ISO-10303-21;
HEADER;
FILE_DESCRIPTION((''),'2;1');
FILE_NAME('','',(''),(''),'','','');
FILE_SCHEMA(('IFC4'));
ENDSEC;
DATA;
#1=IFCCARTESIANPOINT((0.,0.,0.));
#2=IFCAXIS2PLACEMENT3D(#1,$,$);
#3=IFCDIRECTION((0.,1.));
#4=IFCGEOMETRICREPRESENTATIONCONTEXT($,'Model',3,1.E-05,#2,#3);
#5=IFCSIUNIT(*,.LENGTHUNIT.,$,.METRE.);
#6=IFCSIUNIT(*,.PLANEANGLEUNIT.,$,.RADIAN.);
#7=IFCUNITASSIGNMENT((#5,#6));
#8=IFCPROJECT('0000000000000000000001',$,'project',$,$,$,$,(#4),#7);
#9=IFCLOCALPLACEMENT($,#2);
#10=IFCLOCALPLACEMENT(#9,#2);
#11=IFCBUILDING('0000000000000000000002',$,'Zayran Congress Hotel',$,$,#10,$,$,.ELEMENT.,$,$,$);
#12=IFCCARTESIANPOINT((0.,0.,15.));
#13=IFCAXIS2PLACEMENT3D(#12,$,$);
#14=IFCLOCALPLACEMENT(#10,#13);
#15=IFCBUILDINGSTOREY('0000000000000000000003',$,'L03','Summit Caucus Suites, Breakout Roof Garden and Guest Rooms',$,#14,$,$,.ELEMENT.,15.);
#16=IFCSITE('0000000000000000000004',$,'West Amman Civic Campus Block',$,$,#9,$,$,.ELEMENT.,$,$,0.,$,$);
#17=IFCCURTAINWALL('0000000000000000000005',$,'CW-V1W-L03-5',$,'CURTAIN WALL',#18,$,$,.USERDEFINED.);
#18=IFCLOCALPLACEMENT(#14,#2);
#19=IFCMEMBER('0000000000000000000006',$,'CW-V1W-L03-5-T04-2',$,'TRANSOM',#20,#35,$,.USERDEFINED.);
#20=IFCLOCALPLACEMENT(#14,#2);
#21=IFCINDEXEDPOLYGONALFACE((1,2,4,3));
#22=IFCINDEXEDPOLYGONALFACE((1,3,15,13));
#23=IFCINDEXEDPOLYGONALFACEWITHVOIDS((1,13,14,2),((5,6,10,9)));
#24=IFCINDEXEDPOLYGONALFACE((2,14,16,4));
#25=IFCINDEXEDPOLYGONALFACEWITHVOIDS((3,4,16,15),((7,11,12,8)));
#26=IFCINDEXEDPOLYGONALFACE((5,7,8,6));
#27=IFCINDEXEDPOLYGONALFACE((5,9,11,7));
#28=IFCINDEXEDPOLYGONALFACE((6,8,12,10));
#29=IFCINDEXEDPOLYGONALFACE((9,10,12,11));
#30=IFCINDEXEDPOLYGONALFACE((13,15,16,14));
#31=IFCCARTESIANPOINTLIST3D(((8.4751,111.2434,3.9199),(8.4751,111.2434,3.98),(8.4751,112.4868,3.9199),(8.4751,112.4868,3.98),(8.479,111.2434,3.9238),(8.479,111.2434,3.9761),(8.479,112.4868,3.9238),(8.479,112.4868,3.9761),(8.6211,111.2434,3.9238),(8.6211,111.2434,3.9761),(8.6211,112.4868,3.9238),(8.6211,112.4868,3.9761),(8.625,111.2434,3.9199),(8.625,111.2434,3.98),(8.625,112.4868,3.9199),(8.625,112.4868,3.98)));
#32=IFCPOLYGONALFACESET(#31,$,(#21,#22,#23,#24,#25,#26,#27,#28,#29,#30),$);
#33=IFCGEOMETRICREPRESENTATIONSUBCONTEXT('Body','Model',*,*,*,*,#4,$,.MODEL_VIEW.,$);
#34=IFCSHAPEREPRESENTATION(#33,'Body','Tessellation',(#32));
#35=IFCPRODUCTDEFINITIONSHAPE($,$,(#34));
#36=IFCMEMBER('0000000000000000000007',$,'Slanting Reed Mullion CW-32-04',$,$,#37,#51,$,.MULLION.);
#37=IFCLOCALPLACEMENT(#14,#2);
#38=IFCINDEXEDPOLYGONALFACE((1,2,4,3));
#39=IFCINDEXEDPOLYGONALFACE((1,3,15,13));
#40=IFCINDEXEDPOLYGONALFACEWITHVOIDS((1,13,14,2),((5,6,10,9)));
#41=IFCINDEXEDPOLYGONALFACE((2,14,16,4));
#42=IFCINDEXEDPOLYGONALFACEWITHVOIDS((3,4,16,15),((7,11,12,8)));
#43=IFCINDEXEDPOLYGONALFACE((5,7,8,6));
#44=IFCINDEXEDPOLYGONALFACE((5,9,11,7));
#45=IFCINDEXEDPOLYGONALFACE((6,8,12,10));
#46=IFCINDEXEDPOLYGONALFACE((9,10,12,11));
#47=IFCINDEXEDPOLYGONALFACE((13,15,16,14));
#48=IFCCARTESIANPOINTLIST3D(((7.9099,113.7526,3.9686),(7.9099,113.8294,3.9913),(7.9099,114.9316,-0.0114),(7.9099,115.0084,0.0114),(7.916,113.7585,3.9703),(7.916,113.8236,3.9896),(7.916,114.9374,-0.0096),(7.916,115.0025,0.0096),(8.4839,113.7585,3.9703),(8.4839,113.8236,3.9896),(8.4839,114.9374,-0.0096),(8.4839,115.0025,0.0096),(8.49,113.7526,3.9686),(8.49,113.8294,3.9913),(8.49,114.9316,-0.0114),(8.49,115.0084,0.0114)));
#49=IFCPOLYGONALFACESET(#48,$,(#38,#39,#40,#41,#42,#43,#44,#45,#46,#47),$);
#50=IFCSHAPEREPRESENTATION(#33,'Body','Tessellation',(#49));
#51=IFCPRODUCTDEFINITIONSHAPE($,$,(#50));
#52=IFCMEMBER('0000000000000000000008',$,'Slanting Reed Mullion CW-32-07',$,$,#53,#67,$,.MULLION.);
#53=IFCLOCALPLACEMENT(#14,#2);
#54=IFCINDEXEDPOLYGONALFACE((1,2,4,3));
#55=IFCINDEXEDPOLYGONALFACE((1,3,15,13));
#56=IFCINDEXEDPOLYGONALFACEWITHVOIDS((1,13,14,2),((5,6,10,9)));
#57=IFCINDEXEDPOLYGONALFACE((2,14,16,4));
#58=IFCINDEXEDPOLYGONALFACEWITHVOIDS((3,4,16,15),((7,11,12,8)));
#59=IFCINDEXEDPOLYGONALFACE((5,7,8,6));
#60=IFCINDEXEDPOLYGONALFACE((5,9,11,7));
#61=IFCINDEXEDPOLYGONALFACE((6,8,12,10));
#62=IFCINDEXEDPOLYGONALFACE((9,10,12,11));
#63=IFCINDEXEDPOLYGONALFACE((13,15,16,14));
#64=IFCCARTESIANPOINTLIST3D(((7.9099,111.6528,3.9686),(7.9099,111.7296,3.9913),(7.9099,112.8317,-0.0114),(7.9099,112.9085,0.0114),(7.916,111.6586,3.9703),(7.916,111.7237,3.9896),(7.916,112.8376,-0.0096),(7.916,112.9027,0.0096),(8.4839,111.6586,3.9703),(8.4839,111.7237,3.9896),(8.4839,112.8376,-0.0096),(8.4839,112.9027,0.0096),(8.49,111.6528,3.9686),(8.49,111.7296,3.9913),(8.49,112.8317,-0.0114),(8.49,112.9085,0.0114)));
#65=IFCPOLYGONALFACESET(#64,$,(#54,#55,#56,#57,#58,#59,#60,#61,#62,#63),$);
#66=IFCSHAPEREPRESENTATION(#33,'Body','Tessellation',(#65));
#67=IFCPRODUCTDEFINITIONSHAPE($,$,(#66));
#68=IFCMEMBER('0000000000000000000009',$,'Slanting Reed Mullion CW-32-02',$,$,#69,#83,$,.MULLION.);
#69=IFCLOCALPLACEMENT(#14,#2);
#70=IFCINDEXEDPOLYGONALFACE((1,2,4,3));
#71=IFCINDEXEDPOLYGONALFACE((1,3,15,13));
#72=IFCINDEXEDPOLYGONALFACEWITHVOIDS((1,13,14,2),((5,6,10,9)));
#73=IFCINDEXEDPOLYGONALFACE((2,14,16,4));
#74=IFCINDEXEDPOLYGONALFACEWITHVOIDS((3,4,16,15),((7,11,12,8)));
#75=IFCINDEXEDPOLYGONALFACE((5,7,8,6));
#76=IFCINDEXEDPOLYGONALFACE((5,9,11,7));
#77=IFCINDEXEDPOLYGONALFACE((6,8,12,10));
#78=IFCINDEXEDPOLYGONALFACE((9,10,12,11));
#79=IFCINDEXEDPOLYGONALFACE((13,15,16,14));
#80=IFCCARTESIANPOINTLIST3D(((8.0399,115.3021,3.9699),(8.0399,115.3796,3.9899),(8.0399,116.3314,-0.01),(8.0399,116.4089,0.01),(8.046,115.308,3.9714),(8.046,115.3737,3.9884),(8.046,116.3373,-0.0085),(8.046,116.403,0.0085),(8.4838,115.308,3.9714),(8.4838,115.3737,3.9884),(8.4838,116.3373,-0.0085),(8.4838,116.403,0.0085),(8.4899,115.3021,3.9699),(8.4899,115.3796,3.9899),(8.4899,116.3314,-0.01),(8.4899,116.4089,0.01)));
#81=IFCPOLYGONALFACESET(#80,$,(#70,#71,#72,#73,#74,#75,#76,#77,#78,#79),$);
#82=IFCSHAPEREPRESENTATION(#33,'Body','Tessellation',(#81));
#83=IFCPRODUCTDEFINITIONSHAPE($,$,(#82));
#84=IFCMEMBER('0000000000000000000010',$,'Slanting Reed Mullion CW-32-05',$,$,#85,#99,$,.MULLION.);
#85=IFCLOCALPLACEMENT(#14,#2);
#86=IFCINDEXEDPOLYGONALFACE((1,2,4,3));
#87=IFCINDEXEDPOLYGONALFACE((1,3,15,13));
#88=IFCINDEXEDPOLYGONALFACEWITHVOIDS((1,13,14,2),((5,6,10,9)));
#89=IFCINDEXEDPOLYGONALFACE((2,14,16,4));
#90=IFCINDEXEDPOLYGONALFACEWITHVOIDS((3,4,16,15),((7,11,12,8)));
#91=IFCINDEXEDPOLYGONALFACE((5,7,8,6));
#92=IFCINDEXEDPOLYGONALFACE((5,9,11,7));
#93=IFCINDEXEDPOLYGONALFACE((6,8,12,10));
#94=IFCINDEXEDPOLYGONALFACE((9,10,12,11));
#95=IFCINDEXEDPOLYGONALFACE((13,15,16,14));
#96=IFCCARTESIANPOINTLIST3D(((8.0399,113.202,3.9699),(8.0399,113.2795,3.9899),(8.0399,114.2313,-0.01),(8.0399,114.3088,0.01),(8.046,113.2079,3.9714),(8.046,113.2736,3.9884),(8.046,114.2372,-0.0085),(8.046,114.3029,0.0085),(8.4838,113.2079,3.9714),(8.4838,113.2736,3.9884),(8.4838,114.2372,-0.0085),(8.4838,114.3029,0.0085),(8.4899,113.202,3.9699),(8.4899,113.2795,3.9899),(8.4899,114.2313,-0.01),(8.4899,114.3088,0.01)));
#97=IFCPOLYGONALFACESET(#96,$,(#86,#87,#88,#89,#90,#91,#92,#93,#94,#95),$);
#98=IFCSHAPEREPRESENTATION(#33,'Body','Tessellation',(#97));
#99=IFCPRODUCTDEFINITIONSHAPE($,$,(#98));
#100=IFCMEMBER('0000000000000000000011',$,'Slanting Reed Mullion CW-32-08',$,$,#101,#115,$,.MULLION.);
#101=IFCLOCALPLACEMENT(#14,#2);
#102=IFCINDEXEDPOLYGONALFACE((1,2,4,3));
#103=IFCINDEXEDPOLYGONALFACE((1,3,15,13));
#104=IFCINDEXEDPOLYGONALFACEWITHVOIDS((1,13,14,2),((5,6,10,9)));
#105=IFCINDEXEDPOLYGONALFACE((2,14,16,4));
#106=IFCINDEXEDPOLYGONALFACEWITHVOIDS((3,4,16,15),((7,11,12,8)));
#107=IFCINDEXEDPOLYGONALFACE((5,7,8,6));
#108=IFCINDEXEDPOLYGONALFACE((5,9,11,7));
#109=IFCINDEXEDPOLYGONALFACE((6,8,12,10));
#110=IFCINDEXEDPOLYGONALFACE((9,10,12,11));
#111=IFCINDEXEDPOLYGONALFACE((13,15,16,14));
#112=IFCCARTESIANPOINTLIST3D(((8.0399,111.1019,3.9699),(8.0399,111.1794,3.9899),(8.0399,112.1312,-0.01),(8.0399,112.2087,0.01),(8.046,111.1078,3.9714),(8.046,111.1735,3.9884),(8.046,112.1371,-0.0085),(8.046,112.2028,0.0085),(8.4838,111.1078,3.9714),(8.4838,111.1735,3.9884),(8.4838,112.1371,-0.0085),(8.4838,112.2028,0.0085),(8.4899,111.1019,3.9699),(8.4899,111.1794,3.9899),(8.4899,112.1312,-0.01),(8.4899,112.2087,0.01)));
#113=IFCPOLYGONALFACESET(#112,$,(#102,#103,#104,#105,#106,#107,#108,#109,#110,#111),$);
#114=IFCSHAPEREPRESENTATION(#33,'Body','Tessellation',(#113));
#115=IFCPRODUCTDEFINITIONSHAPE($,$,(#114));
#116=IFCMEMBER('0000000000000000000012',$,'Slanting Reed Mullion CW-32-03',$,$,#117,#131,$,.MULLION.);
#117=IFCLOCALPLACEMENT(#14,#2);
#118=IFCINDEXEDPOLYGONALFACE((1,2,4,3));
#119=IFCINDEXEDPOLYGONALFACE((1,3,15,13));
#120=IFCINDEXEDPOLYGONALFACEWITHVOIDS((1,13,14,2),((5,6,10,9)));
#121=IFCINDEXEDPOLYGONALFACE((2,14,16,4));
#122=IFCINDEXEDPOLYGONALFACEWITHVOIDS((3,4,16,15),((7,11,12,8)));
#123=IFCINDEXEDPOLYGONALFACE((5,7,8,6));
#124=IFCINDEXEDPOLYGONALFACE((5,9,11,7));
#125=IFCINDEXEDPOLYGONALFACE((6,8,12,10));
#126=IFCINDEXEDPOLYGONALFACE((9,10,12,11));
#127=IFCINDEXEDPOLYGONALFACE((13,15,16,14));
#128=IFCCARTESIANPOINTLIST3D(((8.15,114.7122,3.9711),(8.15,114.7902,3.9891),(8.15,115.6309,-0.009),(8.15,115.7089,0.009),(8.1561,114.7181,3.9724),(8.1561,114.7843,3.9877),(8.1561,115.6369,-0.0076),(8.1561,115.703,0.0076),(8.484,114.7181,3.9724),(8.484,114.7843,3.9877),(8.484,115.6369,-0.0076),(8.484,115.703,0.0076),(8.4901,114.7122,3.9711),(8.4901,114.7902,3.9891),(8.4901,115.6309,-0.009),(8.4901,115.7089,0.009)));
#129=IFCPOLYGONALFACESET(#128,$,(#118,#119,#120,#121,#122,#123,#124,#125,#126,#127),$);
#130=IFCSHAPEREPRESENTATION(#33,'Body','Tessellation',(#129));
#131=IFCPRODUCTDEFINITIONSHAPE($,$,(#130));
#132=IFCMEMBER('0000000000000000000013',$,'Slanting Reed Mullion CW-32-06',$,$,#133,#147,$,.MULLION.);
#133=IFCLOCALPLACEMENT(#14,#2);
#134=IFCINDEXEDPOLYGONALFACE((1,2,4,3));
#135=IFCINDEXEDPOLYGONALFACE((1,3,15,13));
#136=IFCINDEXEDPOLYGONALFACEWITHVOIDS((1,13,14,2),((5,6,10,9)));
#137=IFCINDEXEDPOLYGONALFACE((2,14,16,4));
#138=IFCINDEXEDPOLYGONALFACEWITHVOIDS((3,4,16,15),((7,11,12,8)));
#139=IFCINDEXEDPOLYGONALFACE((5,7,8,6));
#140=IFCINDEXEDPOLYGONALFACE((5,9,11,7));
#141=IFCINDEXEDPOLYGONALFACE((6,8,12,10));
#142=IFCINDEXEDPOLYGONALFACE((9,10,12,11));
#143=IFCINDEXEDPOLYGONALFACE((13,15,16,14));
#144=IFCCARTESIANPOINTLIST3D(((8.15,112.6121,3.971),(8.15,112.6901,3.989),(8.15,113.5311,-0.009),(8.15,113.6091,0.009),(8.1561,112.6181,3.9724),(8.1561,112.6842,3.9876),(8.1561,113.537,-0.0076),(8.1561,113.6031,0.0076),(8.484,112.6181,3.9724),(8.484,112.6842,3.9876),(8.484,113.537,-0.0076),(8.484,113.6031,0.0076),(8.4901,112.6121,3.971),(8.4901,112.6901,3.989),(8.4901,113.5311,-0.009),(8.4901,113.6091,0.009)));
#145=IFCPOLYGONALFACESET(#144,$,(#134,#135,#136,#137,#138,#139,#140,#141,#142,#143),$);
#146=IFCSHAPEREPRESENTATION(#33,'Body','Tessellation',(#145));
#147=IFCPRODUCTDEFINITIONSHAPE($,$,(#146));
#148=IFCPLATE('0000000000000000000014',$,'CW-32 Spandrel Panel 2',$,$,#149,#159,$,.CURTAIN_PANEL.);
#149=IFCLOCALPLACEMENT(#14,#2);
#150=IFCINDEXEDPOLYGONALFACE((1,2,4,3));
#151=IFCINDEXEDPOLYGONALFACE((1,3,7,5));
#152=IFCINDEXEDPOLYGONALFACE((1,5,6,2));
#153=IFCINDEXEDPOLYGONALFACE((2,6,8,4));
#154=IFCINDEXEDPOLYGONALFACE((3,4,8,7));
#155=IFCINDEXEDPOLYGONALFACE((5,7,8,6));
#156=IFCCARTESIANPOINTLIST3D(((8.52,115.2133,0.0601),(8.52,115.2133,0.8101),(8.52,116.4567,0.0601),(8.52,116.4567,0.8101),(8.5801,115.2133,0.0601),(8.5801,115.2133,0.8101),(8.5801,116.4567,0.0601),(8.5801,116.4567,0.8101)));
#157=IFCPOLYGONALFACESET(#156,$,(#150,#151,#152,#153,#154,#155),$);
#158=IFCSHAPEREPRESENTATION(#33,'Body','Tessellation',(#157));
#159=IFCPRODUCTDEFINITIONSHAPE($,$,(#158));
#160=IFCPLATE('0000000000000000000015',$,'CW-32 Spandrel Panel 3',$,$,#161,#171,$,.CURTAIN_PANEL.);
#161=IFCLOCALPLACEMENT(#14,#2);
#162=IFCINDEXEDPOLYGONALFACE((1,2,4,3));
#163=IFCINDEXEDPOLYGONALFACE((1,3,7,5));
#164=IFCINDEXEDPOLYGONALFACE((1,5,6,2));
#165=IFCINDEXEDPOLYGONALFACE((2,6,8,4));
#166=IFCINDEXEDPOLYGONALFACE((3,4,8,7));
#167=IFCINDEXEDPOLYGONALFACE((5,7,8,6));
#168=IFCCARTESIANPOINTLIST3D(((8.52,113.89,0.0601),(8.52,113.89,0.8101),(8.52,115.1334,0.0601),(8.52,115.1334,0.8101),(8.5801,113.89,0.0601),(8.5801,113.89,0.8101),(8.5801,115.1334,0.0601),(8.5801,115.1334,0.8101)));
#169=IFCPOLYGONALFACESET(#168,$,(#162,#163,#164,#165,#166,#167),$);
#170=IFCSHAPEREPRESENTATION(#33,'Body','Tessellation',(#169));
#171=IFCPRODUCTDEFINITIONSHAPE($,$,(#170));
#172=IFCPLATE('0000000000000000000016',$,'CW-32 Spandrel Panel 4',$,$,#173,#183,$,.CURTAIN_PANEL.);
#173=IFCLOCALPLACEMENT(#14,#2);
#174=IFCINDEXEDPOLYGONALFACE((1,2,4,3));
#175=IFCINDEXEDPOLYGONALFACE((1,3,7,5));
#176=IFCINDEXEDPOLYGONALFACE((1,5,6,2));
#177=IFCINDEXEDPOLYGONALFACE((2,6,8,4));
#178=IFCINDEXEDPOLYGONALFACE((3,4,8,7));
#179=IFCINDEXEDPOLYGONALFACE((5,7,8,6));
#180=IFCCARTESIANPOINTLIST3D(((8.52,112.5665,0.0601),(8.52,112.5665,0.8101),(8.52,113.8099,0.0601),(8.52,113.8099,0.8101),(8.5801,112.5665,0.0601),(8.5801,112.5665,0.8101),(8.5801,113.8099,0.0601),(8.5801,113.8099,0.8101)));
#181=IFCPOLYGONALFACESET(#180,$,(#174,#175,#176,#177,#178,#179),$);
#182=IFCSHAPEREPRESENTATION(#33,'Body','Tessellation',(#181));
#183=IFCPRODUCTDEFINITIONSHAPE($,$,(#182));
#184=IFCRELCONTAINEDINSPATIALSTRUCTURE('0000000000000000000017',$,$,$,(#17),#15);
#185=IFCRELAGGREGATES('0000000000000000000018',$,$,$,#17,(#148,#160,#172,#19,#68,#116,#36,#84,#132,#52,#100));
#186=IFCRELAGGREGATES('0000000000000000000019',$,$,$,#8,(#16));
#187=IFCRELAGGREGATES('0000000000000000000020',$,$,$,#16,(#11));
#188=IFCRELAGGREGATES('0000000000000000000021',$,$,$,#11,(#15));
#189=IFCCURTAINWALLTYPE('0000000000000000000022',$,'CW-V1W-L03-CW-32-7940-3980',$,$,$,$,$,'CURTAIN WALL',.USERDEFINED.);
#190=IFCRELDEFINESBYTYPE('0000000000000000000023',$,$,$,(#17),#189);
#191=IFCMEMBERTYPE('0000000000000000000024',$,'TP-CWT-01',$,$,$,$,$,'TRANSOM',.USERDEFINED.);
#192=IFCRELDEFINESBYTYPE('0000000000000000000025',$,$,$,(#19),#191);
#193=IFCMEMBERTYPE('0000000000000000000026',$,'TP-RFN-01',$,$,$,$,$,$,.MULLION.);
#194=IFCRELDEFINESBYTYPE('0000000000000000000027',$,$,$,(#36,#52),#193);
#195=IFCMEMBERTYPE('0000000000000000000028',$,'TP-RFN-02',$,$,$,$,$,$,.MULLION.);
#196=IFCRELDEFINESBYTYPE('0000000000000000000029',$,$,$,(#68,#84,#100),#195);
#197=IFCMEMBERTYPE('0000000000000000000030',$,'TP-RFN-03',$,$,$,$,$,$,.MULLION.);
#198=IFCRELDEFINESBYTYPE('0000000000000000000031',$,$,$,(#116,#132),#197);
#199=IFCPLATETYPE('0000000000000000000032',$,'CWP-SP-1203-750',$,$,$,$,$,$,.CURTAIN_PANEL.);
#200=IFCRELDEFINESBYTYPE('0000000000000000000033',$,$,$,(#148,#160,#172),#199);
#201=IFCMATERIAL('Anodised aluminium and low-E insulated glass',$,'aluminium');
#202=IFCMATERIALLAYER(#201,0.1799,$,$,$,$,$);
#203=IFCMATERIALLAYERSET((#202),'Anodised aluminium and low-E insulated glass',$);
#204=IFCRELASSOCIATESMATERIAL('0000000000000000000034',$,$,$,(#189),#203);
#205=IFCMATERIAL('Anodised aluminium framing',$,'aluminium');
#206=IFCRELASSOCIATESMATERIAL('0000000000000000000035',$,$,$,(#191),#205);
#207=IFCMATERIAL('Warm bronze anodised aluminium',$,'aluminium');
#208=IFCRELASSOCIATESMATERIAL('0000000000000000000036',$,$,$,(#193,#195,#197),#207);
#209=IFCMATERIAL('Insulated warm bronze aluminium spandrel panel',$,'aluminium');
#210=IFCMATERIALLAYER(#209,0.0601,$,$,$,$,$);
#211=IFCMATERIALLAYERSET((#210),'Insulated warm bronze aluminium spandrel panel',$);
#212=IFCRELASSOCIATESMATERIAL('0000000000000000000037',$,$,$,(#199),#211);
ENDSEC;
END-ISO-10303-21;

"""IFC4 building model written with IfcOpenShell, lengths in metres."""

from ifc_helpers import new_model, si_unit, direction, frame, origin, origin_2d, place, context, subcontext, project, spatial, rectangle, hollow_rectangle, extrude, material, layer, layer_set, material_profile, profile_set, type_object, element, aggregate, save


model = new_model("IFC4")

# Units and contexts
model_context = context("Model", 3, precision=1e-05, world=origin(), true_north=direction((0.0, 1.0)))
body_context = subcontext(model_context, "Body", "Model", "MODEL_VIEW")
ifc_project = project(units=[si_unit("LENGTHUNIT", "METRE"), si_unit("PLANEANGLEUNIT", "RADIAN")], contexts=[model_context])

# Site, building, storey
site_placement = place(None, origin())
site = spatial("IfcSite", under=ifc_project, at=site_placement, Name="West Amman Civic Campus Block", CompositionType="ELEMENT", RefElevation=0.0)
building_placement = place(site_placement, origin())
building = spatial("IfcBuilding", under=site, at=building_placement, Name="Zayran Congress Hotel", CompositionType="ELEMENT")
storey_placement = place(building_placement, frame((0.0, 0.0, 15.0)))
storey = spatial("IfcBuildingStorey", under=building, at=storey_placement, Name="L03", Description="Summit Caucus Suites, Breakout Roof Garden and Guest Rooms", CompositionType="ELEMENT", Elevation=15.0)

# Curtain wall, members, plates
ifc_material_1 = material(Name="Anodised aluminium and low-E insulated glass", Category="aluminium")
ifc_layer_1 = layer(ifc_material_1, 0.1799)
ifc_layer_set_1 = layer_set([ifc_layer_1], Name="Anodised aluminium and low-E insulated glass")
curtain_wall_type = type_object("IfcCurtainWallType", Name="CW-V1W-L03-CW-32-7940-3980", ElementType="CURTAIN WALL", PredefinedType="USERDEFINED", material=ifc_layer_set_1)
curtain_wall_placement = place(storey_placement, origin())
curtain_wall = element("IfcCurtainWall", 1, at=curtain_wall_placement, inside=storey, type_object=curtain_wall_type, Name="CW-V1W-L03-5", ObjectType="CURTAIN WALL", PredefinedType="USERDEFINED")
ifc_material_2 = material(Name="Anodised aluminium framing", Category="aluminium")
ifc_material_profile_1 = material_profile(ifc_material_2, hollow_rectangle(XDim=0.0601, YDim=0.1499, WallThickness=0.0039, at=origin_2d()), Name="RHS 150x60x4")
ifc_profile_set_1 = profile_set([ifc_material_profile_1], Name="Anodised aluminium framing")
member_type_1 = type_object("IfcMemberType", Name="TP-CWT-01", ElementType="TRANSOM", PredefinedType="USERDEFINED", material=ifc_profile_set_1)
member_1_placement = place(storey_placement, frame((8.55, 112.4868, 3.95), z_axis=(0.0, -1.0, 0.0), x_axis=(0.0, 0.0, 1.0)))
member_1 = element("IfcMember", 2, at=member_1_placement, type_object=member_type_1, Name="CW-V1W-L03-5-T04-2", ObjectType="TRANSOM", PredefinedType="USERDEFINED", context=body_context, shape_type="SweptSolid", body=[
    extrude(hollow_rectangle(XDim=0.0601, YDim=0.1499, WallThickness=0.0039, at=origin_2d()), origin(), (0.0, 0.0, 1.0), 1.2434),
])
ifc_material_3 = material(Name="Warm bronze anodised aluminium", Category="aluminium")
ifc_material_profile_2 = material_profile(ifc_material_3, hollow_rectangle(XDim=0.0801, YDim=0.5801, WallThickness=0.0061, at=origin_2d()), Name="RHS 580x80x6")
ifc_profile_set_2 = profile_set([ifc_material_profile_2], Name="Warm bronze anodised aluminium")
member_type_2 = type_object("IfcMemberType", Name="TP-RFN-01", PredefinedType="MULLION", material=ifc_profile_set_2)
member_2_placement = place(storey_placement, frame((8.2, 114.97, 0.0), z_axis=(0.0, -0.284022, 0.958818), x_axis=(0.0, 0.958818, 0.284022)))
member_2 = element("IfcMember", 3, at=member_2_placement, type_object=member_type_2, Name="Slanting Reed Mullion CW-32-04", PredefinedType="MULLION", context=body_context, shape_type="SweptSolid", body=[
    extrude(hollow_rectangle(XDim=0.0801, YDim=0.5801, WallThickness=0.0061, at=origin_2d()), origin(), (0.0, 0.0, 1.0), 4.1509),
])
member_3_placement = place(storey_placement, frame((8.2, 112.8701, 0.0), z_axis=(0.0, -0.284022, 0.958818), x_axis=(0.0, 0.958818, 0.284022)))
member_3 = element("IfcMember", 4, at=member_3_placement, type_object=member_type_2, Name="Slanting Reed Mullion CW-32-07", PredefinedType="MULLION", context=body_context, shape_type="SweptSolid", body=[
    extrude(hollow_rectangle(XDim=0.0801, YDim=0.5801, WallThickness=0.0061, at=origin_2d()), origin(), (0.0, 0.0, 1.0), 4.1509),
])
ifc_material_profile_3 = material_profile(ifc_material_3, hollow_rectangle(XDim=0.0801, YDim=0.45, WallThickness=0.0061, at=origin_2d()), Name="RHS 450x80x6")
ifc_profile_set_3 = profile_set([ifc_material_profile_3], Name="Warm bronze anodised aluminium")
member_type_3 = type_object("IfcMemberType", Name="TP-RFN-02", PredefinedType="MULLION", material=ifc_profile_set_3)
member_4_placement = place(storey_placement, frame((8.2649, 116.3701, 0.0), z_axis=(0.0, -0.250381, 0.968147), x_axis=(0.0, 0.968147, 0.250381)))
member_4 = element("IfcMember", 5, at=member_4_placement, type_object=member_type_3, Name="Slanting Reed Mullion CW-32-02", PredefinedType="MULLION", context=body_context, shape_type="SweptSolid", body=[
    extrude(hollow_rectangle(XDim=0.0801, YDim=0.45, WallThickness=0.0061, at=origin_2d()), origin(), (0.0, 0.0, 1.0), 4.1108),
])
member_5_placement = place(storey_placement, frame((8.2649, 114.27, 0.0), z_axis=(0.0, -0.250381, 0.968147), x_axis=(0.0, 0.968147, 0.250381)))
member_5 = element("IfcMember", 6, at=member_5_placement, type_object=member_type_3, Name="Slanting Reed Mullion CW-32-05", PredefinedType="MULLION", context=body_context, shape_type="SweptSolid", body=[
    extrude(hollow_rectangle(XDim=0.0801, YDim=0.45, WallThickness=0.0061, at=origin_2d()), origin(), (0.0, 0.0, 1.0), 4.1108),
])
member_6_placement = place(storey_placement, frame((8.2649, 112.1699, 0.0), z_axis=(0.0, -0.250381, 0.968147), x_axis=(0.0, 0.968147, 0.250381)))
member_6 = element("IfcMember", 7, at=member_6_placement, type_object=member_type_3, Name="Slanting Reed Mullion CW-32-08", PredefinedType="MULLION", context=body_context, shape_type="SweptSolid", body=[
    extrude(hollow_rectangle(XDim=0.0801, YDim=0.45, WallThickness=0.0061, at=origin_2d()), origin(), (0.0, 0.0, 1.0), 4.1108),
])
ifc_material_profile_4 = material_profile(ifc_material_3, hollow_rectangle(XDim=0.0801, YDim=0.3401, WallThickness=0.0061, at=origin_2d()), Name="RHS 340x80x6")
ifc_profile_set_4 = profile_set([ifc_material_profile_4], Name="Warm bronze anodised aluminium")
member_type_4 = type_object("IfcMemberType", Name="TP-RFN-03", PredefinedType="MULLION", material=ifc_profile_set_4)
member_7_placement = place(storey_placement, frame((8.3201, 115.6699, 0.0), z_axis=(0.0, -0.224916, 0.974378), x_axis=(0.0, 0.974378, 0.224916)))
member_7 = element("IfcMember", 8, at=member_7_placement, type_object=member_type_4, Name="Slanting Reed Mullion CW-32-03", PredefinedType="MULLION", context=body_context, shape_type="SweptSolid", body=[
    extrude(hollow_rectangle(XDim=0.0801, YDim=0.3401, WallThickness=0.0061, at=origin_2d()), origin(), (0.0, 0.0, 1.0), 4.0847),
])
member_8_placement = place(storey_placement, frame((8.3201, 113.5701, 0.0), z_axis=(0.0, -0.224973, 0.974365), x_axis=(0.0, 0.974365, 0.224973)))
member_8 = element("IfcMember", 9, at=member_8_placement, type_object=member_type_4, Name="Slanting Reed Mullion CW-32-06", PredefinedType="MULLION", context=body_context, shape_type="SweptSolid", body=[
    extrude(hollow_rectangle(XDim=0.0801, YDim=0.3401, WallThickness=0.0061, at=origin_2d()), origin(), (0.0, 0.0, 1.0), 4.0847),
])
ifc_material_4 = material(Name="Insulated warm bronze aluminium spandrel panel", Category="aluminium")
ifc_layer_2 = layer(ifc_material_4, 0.0601)
ifc_layer_set_2 = layer_set([ifc_layer_2], Name="Insulated warm bronze aluminium spandrel panel")
plate_type_1 = type_object("IfcPlateType", Name="CWP-SP-1203-750", PredefinedType="CURTAIN_PANEL", material=ifc_layer_set_2)
plate_1_placement = place(storey_placement, frame((8.55, 115.835, 0.0601), z_axis=(0.0, 0.0, 1.0), x_axis=(0.0, 1.0, 0.0)))
plate_1 = element("IfcPlate", 10, at=plate_1_placement, type_object=plate_type_1, Name="CW-32 Spandrel Panel 2", PredefinedType="CURTAIN_PANEL", context=body_context, shape_type="SweptSolid", body=[
    extrude(rectangle(XDim=1.2434, YDim=0.0601, at=origin_2d()), origin(), (0.0, 0.0, 1.0), 0.75),
])
plate_2_placement = place(storey_placement, frame((8.55, 114.5117, 0.0601), z_axis=(0.0, 0.0, 1.0), x_axis=(0.0, 1.0, 0.0)))
plate_2 = element("IfcPlate", 11, at=plate_2_placement, type_object=plate_type_1, Name="CW-32 Spandrel Panel 3", PredefinedType="CURTAIN_PANEL", context=body_context, shape_type="SweptSolid", body=[
    extrude(rectangle(XDim=1.2434, YDim=0.0601, at=origin_2d()), origin(), (0.0, 0.0, 1.0), 0.75),
])
plate_3_placement = place(storey_placement, frame((8.55, 113.1882, 0.0601), z_axis=(0.0, 0.0, 1.0), x_axis=(0.0, 1.0, 0.0)))
plate_3 = element("IfcPlate", 12, at=plate_3_placement, type_object=plate_type_1, Name="CW-32 Spandrel Panel 4", PredefinedType="CURTAIN_PANEL", context=body_context, shape_type="SweptSolid", body=[
    extrude(rectangle(XDim=1.2434, YDim=0.0601, at=origin_2d()), origin(), (0.0, 0.0, 1.0), 0.75),
])
aggregate(curtain_wall, [plate_1, plate_2, plate_3, member_1, member_4, member_7, member_2, member_5, member_8, member_3, member_6])

save(model, "model.ifc")
